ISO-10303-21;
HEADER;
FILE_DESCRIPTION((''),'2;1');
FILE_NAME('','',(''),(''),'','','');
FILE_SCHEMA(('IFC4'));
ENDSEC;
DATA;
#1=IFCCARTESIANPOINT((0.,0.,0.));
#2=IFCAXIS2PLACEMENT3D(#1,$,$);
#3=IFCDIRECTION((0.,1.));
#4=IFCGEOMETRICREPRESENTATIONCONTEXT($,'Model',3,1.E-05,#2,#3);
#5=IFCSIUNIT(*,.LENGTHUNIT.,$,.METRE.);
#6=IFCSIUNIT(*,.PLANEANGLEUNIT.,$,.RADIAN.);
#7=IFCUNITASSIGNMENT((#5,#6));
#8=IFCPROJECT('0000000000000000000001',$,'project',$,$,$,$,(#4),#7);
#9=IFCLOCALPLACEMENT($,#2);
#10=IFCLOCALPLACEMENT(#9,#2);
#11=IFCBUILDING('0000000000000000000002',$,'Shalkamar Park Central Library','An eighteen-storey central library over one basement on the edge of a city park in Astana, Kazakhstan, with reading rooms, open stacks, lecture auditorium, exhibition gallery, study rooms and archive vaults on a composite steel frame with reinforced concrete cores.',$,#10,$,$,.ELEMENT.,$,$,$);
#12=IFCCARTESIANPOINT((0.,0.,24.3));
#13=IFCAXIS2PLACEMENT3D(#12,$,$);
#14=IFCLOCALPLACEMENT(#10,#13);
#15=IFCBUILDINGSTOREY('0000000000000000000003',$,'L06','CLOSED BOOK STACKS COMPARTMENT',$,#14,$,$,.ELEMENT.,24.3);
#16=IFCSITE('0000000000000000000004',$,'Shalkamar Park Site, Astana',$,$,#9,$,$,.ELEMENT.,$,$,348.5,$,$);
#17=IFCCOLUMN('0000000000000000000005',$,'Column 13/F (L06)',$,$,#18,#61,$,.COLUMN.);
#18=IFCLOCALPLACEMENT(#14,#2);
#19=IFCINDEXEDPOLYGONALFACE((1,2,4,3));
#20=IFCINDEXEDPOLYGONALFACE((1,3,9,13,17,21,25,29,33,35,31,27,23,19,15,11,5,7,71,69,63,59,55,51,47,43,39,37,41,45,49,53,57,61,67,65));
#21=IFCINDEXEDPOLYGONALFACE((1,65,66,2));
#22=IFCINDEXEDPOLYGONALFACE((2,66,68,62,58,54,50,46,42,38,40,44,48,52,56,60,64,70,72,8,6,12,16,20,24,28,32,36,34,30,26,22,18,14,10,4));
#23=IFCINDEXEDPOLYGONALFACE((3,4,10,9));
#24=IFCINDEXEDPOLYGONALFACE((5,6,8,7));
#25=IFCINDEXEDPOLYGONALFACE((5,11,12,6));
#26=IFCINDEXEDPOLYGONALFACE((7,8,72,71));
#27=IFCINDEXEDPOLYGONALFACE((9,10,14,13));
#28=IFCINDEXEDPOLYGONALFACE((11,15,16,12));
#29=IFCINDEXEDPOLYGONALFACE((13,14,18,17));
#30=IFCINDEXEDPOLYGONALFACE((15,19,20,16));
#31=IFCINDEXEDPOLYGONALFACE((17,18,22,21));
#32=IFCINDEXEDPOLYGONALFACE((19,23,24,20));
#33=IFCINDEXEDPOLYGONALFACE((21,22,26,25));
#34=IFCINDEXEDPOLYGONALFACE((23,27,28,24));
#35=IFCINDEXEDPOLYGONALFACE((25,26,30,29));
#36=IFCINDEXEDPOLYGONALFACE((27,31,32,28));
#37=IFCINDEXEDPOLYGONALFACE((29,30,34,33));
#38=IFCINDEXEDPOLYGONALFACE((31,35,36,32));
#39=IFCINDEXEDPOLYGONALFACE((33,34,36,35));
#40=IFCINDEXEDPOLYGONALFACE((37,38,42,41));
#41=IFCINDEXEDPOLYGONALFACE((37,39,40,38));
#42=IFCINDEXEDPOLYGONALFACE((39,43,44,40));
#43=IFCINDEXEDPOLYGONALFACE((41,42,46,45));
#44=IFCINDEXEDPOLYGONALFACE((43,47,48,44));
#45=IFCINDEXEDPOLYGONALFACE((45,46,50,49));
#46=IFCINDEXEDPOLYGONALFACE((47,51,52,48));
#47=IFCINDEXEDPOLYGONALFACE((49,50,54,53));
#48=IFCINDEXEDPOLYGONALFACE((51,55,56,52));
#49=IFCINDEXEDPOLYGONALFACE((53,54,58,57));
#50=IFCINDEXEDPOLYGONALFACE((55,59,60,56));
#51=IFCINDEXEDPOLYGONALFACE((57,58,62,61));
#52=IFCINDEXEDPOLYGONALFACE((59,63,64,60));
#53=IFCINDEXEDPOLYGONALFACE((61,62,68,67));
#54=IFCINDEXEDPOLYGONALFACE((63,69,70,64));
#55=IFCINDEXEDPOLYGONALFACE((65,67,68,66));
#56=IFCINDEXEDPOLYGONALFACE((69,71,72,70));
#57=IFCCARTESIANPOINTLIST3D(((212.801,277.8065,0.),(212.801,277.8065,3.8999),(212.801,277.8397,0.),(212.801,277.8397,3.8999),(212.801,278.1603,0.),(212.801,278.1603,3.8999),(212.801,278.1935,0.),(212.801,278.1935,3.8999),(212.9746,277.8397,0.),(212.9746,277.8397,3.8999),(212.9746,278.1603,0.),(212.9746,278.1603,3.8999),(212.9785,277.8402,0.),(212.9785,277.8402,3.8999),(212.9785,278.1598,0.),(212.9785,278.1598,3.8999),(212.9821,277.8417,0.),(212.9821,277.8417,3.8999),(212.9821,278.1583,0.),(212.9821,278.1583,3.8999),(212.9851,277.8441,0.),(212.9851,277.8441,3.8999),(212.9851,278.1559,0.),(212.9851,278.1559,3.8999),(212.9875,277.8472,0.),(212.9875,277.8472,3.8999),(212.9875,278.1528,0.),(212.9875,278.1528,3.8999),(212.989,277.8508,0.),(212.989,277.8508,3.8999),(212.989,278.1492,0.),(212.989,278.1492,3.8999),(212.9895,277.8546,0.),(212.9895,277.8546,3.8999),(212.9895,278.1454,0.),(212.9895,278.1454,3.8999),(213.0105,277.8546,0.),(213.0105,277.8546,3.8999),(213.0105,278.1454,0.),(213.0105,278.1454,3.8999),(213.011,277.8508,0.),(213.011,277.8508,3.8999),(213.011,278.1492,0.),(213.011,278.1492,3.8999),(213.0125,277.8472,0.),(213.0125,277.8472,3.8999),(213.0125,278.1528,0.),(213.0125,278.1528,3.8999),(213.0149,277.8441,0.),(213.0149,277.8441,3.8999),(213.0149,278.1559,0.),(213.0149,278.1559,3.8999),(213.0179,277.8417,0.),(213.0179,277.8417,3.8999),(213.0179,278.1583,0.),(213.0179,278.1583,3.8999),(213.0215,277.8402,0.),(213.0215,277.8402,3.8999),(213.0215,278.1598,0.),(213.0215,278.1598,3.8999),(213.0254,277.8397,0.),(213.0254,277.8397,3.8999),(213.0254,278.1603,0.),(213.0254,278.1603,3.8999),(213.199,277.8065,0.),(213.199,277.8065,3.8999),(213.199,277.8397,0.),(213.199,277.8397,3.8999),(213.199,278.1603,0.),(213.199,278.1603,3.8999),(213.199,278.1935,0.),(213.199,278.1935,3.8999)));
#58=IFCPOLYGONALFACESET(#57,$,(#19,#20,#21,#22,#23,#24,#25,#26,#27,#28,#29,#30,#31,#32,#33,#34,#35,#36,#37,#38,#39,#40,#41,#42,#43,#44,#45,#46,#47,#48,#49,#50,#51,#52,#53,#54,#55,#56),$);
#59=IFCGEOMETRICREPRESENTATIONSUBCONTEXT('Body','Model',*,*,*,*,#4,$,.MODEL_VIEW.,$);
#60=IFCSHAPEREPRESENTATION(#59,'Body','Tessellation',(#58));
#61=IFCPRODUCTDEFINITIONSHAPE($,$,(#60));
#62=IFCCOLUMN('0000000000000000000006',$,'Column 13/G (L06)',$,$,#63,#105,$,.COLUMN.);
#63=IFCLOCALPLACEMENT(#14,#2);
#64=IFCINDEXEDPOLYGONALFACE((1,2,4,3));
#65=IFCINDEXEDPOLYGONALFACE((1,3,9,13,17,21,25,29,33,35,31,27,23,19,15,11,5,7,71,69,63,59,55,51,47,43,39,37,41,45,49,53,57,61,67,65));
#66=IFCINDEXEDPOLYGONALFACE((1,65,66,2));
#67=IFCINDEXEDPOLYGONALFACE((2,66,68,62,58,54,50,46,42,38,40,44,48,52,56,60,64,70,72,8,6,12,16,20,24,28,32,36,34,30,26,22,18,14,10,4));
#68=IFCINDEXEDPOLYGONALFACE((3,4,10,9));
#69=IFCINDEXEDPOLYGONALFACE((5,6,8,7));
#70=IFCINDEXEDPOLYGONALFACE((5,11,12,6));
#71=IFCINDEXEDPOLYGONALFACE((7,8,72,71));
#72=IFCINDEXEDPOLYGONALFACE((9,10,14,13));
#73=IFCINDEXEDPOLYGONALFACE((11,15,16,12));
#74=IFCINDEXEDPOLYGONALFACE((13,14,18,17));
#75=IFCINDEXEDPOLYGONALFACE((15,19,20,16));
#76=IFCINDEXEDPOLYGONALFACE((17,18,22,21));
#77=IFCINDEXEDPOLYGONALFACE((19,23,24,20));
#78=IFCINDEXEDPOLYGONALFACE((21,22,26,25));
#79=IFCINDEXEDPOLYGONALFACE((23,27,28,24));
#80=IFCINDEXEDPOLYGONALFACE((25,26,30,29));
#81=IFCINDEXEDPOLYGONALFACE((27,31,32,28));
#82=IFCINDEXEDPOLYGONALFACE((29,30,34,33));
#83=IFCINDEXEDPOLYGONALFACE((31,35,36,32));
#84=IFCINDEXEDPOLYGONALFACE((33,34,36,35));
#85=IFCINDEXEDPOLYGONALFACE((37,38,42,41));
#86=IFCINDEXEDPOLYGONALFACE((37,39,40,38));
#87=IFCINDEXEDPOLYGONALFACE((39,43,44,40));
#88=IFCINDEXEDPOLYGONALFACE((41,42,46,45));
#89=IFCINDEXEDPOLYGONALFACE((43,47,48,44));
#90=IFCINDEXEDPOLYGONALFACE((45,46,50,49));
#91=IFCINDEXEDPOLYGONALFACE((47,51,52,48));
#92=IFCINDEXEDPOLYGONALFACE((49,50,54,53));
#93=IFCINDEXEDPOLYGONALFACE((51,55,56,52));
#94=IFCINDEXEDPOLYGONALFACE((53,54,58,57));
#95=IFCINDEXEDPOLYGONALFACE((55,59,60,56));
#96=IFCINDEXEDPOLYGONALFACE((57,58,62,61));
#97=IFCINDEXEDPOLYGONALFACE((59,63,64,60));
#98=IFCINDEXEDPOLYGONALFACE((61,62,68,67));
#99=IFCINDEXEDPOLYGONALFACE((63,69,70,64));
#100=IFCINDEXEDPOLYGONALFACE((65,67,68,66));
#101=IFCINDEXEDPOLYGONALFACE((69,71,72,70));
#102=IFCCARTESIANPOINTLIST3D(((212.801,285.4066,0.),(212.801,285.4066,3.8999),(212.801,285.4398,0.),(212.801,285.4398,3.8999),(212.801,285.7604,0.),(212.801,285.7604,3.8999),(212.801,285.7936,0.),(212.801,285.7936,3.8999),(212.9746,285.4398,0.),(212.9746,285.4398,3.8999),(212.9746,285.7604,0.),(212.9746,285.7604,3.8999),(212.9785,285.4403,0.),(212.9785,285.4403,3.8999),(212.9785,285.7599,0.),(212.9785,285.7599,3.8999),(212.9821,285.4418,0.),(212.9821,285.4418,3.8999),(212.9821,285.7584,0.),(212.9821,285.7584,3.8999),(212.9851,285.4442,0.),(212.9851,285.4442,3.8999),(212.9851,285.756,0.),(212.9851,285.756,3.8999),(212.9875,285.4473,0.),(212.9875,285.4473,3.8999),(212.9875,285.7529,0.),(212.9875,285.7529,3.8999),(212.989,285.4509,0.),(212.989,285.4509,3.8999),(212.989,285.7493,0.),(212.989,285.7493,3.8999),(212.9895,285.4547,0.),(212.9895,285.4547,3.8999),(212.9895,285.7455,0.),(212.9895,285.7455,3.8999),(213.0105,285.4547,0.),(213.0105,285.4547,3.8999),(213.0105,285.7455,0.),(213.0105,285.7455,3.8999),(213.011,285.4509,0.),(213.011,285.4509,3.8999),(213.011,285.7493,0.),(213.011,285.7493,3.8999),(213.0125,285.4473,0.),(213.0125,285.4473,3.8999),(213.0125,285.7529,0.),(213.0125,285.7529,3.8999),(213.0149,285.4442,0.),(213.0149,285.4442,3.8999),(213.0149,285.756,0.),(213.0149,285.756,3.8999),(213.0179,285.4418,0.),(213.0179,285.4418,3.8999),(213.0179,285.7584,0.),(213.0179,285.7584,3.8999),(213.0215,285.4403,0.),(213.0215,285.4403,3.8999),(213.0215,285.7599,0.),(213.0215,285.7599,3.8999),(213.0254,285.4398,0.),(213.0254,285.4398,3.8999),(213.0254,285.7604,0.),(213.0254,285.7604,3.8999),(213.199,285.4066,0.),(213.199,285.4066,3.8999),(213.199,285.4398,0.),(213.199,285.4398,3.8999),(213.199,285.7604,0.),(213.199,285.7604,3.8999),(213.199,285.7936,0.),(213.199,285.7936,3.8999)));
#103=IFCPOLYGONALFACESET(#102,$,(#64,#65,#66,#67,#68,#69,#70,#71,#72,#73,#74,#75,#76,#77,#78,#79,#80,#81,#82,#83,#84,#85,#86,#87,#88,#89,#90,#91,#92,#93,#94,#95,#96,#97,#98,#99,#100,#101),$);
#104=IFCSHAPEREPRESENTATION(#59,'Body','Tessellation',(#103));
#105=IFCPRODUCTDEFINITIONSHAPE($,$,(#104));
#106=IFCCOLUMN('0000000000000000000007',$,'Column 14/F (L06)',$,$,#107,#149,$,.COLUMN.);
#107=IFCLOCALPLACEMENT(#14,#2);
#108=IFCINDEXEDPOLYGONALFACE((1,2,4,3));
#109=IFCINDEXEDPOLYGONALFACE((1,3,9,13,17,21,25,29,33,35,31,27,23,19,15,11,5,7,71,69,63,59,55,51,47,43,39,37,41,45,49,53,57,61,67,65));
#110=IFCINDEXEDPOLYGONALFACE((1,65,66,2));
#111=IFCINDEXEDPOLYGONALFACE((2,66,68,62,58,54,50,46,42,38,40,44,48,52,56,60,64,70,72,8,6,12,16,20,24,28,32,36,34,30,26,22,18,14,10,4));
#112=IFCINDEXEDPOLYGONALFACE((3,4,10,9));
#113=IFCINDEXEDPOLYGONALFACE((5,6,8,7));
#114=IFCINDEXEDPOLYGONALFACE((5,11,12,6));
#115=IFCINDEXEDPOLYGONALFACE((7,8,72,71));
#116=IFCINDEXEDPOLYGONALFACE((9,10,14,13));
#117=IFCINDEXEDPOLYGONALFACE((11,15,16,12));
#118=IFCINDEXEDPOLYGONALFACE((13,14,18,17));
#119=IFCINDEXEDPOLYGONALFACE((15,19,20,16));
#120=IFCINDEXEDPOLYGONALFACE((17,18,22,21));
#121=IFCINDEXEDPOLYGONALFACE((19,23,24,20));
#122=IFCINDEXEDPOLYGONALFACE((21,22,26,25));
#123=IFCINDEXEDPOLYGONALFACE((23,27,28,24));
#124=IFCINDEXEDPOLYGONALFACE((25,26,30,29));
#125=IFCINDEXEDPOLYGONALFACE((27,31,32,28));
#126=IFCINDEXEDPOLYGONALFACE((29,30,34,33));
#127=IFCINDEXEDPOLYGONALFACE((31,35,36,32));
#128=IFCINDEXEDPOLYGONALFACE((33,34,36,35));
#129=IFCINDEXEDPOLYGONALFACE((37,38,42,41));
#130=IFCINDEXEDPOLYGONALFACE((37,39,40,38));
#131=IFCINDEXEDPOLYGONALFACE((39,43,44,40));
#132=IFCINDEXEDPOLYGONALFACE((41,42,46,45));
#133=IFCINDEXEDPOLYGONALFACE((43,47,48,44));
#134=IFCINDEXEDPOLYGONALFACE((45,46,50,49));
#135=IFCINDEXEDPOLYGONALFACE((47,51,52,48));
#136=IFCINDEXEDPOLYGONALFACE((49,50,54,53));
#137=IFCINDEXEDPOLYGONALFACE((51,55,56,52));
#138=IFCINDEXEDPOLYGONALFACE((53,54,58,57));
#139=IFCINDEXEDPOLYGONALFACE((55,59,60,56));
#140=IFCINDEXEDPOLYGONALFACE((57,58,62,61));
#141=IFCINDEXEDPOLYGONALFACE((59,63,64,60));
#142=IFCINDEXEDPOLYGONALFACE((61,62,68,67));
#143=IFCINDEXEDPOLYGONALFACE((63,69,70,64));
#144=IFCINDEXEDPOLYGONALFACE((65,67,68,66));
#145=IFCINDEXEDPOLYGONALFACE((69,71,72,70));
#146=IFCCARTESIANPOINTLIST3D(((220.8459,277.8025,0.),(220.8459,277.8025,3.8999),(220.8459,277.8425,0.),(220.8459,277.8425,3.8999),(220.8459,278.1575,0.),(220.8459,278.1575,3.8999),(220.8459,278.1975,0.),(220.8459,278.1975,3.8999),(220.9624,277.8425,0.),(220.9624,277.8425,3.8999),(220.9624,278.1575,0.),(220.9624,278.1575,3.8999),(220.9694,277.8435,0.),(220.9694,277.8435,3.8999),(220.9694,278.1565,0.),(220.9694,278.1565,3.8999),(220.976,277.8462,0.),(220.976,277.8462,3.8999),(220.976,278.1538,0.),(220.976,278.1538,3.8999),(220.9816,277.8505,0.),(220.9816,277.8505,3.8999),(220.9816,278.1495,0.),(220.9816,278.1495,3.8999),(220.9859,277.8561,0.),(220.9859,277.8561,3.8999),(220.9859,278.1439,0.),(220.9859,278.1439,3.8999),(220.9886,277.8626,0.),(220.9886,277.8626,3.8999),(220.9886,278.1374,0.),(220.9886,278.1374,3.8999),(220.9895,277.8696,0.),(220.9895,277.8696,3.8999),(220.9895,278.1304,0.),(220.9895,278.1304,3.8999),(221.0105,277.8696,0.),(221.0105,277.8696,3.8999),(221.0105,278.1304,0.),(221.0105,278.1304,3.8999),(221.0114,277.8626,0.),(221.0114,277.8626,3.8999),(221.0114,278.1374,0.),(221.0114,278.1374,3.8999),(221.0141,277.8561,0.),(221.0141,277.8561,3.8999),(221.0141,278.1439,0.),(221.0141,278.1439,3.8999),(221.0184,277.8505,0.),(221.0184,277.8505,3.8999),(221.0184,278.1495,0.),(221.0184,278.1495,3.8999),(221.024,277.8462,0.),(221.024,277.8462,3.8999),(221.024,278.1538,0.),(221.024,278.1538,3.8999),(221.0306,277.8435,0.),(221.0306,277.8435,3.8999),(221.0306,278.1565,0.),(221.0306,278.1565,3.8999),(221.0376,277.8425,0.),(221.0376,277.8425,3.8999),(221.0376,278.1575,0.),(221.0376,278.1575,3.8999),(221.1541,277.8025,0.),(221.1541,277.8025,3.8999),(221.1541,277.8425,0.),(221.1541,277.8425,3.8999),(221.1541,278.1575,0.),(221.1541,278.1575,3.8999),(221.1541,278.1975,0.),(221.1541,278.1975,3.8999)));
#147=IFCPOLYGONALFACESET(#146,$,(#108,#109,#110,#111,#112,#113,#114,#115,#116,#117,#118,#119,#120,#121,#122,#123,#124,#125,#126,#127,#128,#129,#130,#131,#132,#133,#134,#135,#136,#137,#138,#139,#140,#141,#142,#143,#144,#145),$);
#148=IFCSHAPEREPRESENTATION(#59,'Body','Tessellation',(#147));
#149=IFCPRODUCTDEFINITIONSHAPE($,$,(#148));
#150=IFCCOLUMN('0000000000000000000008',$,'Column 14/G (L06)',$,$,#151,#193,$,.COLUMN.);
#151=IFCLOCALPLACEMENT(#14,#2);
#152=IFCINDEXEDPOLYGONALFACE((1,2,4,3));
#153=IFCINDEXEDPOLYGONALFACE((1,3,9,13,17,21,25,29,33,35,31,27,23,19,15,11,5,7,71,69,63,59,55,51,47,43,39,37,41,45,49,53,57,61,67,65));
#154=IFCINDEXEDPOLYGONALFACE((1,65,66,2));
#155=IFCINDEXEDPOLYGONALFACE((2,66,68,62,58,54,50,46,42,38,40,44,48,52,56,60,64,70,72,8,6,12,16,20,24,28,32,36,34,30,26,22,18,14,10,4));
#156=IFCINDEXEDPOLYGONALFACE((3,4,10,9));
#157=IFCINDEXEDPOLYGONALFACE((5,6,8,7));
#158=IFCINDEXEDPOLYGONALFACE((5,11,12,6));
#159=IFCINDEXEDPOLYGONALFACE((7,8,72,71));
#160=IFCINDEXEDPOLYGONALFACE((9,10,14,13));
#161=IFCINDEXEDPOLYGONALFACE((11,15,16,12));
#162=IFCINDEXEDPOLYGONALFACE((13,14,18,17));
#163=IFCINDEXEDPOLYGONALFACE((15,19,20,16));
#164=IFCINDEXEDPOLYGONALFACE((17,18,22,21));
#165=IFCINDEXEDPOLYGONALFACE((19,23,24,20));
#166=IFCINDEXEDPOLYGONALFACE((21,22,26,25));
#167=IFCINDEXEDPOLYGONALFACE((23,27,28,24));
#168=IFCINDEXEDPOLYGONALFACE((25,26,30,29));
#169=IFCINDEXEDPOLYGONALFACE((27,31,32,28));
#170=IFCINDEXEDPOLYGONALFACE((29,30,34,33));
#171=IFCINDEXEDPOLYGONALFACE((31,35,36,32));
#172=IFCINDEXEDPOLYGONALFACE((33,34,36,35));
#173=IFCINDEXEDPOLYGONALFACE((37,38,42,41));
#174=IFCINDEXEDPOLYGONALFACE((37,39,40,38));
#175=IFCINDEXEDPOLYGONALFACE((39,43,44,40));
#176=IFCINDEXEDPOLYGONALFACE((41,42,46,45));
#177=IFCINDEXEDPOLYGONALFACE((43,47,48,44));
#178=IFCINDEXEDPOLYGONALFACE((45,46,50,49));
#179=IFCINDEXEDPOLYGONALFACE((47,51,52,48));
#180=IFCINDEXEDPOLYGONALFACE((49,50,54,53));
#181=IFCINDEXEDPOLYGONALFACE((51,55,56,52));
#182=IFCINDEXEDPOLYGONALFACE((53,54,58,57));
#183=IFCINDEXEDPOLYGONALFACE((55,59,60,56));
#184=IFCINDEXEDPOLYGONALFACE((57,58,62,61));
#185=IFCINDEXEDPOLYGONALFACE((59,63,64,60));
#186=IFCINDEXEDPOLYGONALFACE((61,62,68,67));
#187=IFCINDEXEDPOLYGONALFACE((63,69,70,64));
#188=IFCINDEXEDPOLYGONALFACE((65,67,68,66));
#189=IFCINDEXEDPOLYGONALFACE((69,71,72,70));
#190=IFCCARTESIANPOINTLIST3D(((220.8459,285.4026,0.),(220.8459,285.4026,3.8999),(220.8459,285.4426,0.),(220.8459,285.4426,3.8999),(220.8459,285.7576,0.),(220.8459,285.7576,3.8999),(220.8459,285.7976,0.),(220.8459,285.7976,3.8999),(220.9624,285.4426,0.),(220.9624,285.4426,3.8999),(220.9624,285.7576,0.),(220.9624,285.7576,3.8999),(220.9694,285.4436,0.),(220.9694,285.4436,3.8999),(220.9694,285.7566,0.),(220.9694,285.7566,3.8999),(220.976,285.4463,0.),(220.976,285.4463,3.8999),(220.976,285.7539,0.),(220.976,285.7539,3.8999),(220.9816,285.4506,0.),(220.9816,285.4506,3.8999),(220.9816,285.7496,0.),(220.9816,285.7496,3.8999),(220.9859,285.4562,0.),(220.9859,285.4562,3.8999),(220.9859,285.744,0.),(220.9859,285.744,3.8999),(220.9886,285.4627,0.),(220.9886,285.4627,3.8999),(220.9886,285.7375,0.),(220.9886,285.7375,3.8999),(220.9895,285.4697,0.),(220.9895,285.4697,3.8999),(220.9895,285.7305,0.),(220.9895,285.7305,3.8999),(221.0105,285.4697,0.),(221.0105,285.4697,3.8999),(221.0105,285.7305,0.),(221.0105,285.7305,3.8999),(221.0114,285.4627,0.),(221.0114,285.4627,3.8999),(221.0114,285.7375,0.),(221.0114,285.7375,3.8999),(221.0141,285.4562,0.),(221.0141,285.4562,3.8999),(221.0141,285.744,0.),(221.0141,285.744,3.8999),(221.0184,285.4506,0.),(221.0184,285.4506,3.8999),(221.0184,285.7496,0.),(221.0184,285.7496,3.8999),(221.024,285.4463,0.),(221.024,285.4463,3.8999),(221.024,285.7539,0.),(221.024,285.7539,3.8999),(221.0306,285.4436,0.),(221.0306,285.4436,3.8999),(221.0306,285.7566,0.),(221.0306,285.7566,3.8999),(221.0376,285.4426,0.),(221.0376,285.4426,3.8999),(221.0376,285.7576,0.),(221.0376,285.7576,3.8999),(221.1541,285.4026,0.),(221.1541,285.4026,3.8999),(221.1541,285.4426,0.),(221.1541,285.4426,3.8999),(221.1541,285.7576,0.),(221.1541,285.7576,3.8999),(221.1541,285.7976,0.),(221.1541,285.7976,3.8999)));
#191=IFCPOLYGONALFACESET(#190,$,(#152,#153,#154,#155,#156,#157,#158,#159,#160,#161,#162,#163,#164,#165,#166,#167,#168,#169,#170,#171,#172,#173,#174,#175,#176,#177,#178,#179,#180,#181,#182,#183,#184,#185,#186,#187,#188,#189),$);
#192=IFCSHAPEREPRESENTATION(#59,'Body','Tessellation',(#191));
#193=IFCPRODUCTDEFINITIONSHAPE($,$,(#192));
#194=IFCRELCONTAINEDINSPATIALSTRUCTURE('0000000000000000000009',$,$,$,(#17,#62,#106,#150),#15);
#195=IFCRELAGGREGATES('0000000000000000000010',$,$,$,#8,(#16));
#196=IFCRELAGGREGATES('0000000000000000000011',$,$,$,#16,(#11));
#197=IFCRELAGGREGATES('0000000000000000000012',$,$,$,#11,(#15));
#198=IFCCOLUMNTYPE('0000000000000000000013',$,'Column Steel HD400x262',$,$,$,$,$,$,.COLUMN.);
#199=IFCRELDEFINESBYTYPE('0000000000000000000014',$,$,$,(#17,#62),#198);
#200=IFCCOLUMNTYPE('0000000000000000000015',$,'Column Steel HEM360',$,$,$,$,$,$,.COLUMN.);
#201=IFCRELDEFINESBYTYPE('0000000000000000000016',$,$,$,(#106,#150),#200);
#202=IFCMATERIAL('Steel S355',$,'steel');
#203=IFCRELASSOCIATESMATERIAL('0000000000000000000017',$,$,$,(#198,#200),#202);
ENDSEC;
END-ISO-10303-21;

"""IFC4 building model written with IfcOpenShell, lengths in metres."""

from ifc_helpers import new_model, si_unit, direction, frame, origin, origin_2d, place, context, subcontext, project, spatial, i_section, extrude, material, material_profile, profile_set, type_object, element, save


model = new_model("IFC4")

# Units and contexts
model_context = context("Model", 3, precision=1e-05, world=origin(), true_north=direction((0.0, 1.0)))
body_context = subcontext(model_context, "Body", "Model", "MODEL_VIEW")
ifc_project = project(units=[si_unit("LENGTHUNIT", "METRE"), si_unit("PLANEANGLEUNIT", "RADIAN")], contexts=[model_context])

# Site, building, storey
site_placement = place(None, origin())
site = spatial("IfcSite", under=ifc_project, at=site_placement, Name="Shalkamar Park Site, Astana", CompositionType="ELEMENT", RefElevation=348.5)
building_placement = place(site_placement, origin())
building = spatial("IfcBuilding", under=site, at=building_placement, Name="Shalkamar Park Central Library", Description="An eighteen-storey central library over one basement on the edge of a city park in Astana, Kazakhstan, with reading rooms, open stacks, lecture auditorium, exhibition gallery, study rooms and archive vaults on a composite steel frame with reinforced concrete cores.", CompositionType="ELEMENT")
storey_placement = place(building_placement, frame((0.0, 0.0, 24.3)))
storey = spatial("IfcBuildingStorey", under=building, at=storey_placement, Name="L06", Description="CLOSED BOOK STACKS COMPARTMENT", CompositionType="ELEMENT", Elevation=24.3)

# Columns
ifc_material_1 = material(Name="Steel S355", Category="steel")
ifc_material_profile_1 = material_profile(ifc_material_1, i_section(OverallWidth=0.3979, OverallDepth=0.387, WebThickness=0.021, FlangeThickness=0.0332, FilletRadius=0.0149, at=origin_2d()), Name="HD 400x262")
ifc_profile_set_1 = profile_set([ifc_material_profile_1], Name="Steel S355")
column_type_1 = type_object("IfcColumnType", Name="Column Steel HD400x262", PredefinedType="COLUMN", material=ifc_profile_set_1)
for number, where, z_axis, x_axis, name in (
    (1, (213.0, 278.0, 0.0), (0.0, 0.0, 1.0), (1.0, 0.0, 0.0), "Column 13/F (L06)"),
    (2, (213.0, 285.6001, 0.0), (0.0, 0.0, 1.0), (1.0, 0.0, 0.0), "Column 13/G (L06)"),
):
    element("IfcColumn", number, at=place(storey_placement, frame(where, z_axis=z_axis, x_axis=x_axis)), inside=storey, type_object=column_type_1, Name=name, PredefinedType="COLUMN", context=body_context, shape_type="SweptSolid", body=[
        extrude(i_section(OverallWidth=0.3979, OverallDepth=0.387, WebThickness=0.021, FlangeThickness=0.0332, FilletRadius=0.0149, at=origin_2d()), origin(), (0.0, 0.0, 1.0), 3.8999),
    ])
ifc_material_profile_2 = material_profile(ifc_material_1, i_section(OverallWidth=0.3081, OverallDepth=0.395, WebThickness=0.021, FlangeThickness=0.04, FilletRadius=0.0271, at=origin_2d()), Name="HEM 360")
ifc_profile_set_2 = profile_set([ifc_material_profile_2], Name="Steel S355")
column_type_2 = type_object("IfcColumnType", Name="Column Steel HEM360", PredefinedType="COLUMN", material=ifc_profile_set_2)
for number, where, z_axis, x_axis, name in (
    (3, (221.0, 278.0, 0.0), (0.0, 0.0, 1.0), (1.0, 0.0, 0.0), "Column 14/F (L06)"),
    (4, (221.0, 285.6001, 0.0), (0.0, 0.0, 1.0), (1.0, 0.0, 0.0), "Column 14/G (L06)"),
):
    element("IfcColumn", number, at=place(storey_placement, frame(where, z_axis=z_axis, x_axis=x_axis)), inside=storey, type_object=column_type_2, Name=name, PredefinedType="COLUMN", context=body_context, shape_type="SweptSolid", body=[
        extrude(i_section(OverallWidth=0.3081, OverallDepth=0.395, WebThickness=0.021, FlangeThickness=0.04, FilletRadius=0.0271, at=origin_2d()), origin(), (0.0, 0.0, 1.0), 3.8999),
    ])

save(model, "model.ifc")
